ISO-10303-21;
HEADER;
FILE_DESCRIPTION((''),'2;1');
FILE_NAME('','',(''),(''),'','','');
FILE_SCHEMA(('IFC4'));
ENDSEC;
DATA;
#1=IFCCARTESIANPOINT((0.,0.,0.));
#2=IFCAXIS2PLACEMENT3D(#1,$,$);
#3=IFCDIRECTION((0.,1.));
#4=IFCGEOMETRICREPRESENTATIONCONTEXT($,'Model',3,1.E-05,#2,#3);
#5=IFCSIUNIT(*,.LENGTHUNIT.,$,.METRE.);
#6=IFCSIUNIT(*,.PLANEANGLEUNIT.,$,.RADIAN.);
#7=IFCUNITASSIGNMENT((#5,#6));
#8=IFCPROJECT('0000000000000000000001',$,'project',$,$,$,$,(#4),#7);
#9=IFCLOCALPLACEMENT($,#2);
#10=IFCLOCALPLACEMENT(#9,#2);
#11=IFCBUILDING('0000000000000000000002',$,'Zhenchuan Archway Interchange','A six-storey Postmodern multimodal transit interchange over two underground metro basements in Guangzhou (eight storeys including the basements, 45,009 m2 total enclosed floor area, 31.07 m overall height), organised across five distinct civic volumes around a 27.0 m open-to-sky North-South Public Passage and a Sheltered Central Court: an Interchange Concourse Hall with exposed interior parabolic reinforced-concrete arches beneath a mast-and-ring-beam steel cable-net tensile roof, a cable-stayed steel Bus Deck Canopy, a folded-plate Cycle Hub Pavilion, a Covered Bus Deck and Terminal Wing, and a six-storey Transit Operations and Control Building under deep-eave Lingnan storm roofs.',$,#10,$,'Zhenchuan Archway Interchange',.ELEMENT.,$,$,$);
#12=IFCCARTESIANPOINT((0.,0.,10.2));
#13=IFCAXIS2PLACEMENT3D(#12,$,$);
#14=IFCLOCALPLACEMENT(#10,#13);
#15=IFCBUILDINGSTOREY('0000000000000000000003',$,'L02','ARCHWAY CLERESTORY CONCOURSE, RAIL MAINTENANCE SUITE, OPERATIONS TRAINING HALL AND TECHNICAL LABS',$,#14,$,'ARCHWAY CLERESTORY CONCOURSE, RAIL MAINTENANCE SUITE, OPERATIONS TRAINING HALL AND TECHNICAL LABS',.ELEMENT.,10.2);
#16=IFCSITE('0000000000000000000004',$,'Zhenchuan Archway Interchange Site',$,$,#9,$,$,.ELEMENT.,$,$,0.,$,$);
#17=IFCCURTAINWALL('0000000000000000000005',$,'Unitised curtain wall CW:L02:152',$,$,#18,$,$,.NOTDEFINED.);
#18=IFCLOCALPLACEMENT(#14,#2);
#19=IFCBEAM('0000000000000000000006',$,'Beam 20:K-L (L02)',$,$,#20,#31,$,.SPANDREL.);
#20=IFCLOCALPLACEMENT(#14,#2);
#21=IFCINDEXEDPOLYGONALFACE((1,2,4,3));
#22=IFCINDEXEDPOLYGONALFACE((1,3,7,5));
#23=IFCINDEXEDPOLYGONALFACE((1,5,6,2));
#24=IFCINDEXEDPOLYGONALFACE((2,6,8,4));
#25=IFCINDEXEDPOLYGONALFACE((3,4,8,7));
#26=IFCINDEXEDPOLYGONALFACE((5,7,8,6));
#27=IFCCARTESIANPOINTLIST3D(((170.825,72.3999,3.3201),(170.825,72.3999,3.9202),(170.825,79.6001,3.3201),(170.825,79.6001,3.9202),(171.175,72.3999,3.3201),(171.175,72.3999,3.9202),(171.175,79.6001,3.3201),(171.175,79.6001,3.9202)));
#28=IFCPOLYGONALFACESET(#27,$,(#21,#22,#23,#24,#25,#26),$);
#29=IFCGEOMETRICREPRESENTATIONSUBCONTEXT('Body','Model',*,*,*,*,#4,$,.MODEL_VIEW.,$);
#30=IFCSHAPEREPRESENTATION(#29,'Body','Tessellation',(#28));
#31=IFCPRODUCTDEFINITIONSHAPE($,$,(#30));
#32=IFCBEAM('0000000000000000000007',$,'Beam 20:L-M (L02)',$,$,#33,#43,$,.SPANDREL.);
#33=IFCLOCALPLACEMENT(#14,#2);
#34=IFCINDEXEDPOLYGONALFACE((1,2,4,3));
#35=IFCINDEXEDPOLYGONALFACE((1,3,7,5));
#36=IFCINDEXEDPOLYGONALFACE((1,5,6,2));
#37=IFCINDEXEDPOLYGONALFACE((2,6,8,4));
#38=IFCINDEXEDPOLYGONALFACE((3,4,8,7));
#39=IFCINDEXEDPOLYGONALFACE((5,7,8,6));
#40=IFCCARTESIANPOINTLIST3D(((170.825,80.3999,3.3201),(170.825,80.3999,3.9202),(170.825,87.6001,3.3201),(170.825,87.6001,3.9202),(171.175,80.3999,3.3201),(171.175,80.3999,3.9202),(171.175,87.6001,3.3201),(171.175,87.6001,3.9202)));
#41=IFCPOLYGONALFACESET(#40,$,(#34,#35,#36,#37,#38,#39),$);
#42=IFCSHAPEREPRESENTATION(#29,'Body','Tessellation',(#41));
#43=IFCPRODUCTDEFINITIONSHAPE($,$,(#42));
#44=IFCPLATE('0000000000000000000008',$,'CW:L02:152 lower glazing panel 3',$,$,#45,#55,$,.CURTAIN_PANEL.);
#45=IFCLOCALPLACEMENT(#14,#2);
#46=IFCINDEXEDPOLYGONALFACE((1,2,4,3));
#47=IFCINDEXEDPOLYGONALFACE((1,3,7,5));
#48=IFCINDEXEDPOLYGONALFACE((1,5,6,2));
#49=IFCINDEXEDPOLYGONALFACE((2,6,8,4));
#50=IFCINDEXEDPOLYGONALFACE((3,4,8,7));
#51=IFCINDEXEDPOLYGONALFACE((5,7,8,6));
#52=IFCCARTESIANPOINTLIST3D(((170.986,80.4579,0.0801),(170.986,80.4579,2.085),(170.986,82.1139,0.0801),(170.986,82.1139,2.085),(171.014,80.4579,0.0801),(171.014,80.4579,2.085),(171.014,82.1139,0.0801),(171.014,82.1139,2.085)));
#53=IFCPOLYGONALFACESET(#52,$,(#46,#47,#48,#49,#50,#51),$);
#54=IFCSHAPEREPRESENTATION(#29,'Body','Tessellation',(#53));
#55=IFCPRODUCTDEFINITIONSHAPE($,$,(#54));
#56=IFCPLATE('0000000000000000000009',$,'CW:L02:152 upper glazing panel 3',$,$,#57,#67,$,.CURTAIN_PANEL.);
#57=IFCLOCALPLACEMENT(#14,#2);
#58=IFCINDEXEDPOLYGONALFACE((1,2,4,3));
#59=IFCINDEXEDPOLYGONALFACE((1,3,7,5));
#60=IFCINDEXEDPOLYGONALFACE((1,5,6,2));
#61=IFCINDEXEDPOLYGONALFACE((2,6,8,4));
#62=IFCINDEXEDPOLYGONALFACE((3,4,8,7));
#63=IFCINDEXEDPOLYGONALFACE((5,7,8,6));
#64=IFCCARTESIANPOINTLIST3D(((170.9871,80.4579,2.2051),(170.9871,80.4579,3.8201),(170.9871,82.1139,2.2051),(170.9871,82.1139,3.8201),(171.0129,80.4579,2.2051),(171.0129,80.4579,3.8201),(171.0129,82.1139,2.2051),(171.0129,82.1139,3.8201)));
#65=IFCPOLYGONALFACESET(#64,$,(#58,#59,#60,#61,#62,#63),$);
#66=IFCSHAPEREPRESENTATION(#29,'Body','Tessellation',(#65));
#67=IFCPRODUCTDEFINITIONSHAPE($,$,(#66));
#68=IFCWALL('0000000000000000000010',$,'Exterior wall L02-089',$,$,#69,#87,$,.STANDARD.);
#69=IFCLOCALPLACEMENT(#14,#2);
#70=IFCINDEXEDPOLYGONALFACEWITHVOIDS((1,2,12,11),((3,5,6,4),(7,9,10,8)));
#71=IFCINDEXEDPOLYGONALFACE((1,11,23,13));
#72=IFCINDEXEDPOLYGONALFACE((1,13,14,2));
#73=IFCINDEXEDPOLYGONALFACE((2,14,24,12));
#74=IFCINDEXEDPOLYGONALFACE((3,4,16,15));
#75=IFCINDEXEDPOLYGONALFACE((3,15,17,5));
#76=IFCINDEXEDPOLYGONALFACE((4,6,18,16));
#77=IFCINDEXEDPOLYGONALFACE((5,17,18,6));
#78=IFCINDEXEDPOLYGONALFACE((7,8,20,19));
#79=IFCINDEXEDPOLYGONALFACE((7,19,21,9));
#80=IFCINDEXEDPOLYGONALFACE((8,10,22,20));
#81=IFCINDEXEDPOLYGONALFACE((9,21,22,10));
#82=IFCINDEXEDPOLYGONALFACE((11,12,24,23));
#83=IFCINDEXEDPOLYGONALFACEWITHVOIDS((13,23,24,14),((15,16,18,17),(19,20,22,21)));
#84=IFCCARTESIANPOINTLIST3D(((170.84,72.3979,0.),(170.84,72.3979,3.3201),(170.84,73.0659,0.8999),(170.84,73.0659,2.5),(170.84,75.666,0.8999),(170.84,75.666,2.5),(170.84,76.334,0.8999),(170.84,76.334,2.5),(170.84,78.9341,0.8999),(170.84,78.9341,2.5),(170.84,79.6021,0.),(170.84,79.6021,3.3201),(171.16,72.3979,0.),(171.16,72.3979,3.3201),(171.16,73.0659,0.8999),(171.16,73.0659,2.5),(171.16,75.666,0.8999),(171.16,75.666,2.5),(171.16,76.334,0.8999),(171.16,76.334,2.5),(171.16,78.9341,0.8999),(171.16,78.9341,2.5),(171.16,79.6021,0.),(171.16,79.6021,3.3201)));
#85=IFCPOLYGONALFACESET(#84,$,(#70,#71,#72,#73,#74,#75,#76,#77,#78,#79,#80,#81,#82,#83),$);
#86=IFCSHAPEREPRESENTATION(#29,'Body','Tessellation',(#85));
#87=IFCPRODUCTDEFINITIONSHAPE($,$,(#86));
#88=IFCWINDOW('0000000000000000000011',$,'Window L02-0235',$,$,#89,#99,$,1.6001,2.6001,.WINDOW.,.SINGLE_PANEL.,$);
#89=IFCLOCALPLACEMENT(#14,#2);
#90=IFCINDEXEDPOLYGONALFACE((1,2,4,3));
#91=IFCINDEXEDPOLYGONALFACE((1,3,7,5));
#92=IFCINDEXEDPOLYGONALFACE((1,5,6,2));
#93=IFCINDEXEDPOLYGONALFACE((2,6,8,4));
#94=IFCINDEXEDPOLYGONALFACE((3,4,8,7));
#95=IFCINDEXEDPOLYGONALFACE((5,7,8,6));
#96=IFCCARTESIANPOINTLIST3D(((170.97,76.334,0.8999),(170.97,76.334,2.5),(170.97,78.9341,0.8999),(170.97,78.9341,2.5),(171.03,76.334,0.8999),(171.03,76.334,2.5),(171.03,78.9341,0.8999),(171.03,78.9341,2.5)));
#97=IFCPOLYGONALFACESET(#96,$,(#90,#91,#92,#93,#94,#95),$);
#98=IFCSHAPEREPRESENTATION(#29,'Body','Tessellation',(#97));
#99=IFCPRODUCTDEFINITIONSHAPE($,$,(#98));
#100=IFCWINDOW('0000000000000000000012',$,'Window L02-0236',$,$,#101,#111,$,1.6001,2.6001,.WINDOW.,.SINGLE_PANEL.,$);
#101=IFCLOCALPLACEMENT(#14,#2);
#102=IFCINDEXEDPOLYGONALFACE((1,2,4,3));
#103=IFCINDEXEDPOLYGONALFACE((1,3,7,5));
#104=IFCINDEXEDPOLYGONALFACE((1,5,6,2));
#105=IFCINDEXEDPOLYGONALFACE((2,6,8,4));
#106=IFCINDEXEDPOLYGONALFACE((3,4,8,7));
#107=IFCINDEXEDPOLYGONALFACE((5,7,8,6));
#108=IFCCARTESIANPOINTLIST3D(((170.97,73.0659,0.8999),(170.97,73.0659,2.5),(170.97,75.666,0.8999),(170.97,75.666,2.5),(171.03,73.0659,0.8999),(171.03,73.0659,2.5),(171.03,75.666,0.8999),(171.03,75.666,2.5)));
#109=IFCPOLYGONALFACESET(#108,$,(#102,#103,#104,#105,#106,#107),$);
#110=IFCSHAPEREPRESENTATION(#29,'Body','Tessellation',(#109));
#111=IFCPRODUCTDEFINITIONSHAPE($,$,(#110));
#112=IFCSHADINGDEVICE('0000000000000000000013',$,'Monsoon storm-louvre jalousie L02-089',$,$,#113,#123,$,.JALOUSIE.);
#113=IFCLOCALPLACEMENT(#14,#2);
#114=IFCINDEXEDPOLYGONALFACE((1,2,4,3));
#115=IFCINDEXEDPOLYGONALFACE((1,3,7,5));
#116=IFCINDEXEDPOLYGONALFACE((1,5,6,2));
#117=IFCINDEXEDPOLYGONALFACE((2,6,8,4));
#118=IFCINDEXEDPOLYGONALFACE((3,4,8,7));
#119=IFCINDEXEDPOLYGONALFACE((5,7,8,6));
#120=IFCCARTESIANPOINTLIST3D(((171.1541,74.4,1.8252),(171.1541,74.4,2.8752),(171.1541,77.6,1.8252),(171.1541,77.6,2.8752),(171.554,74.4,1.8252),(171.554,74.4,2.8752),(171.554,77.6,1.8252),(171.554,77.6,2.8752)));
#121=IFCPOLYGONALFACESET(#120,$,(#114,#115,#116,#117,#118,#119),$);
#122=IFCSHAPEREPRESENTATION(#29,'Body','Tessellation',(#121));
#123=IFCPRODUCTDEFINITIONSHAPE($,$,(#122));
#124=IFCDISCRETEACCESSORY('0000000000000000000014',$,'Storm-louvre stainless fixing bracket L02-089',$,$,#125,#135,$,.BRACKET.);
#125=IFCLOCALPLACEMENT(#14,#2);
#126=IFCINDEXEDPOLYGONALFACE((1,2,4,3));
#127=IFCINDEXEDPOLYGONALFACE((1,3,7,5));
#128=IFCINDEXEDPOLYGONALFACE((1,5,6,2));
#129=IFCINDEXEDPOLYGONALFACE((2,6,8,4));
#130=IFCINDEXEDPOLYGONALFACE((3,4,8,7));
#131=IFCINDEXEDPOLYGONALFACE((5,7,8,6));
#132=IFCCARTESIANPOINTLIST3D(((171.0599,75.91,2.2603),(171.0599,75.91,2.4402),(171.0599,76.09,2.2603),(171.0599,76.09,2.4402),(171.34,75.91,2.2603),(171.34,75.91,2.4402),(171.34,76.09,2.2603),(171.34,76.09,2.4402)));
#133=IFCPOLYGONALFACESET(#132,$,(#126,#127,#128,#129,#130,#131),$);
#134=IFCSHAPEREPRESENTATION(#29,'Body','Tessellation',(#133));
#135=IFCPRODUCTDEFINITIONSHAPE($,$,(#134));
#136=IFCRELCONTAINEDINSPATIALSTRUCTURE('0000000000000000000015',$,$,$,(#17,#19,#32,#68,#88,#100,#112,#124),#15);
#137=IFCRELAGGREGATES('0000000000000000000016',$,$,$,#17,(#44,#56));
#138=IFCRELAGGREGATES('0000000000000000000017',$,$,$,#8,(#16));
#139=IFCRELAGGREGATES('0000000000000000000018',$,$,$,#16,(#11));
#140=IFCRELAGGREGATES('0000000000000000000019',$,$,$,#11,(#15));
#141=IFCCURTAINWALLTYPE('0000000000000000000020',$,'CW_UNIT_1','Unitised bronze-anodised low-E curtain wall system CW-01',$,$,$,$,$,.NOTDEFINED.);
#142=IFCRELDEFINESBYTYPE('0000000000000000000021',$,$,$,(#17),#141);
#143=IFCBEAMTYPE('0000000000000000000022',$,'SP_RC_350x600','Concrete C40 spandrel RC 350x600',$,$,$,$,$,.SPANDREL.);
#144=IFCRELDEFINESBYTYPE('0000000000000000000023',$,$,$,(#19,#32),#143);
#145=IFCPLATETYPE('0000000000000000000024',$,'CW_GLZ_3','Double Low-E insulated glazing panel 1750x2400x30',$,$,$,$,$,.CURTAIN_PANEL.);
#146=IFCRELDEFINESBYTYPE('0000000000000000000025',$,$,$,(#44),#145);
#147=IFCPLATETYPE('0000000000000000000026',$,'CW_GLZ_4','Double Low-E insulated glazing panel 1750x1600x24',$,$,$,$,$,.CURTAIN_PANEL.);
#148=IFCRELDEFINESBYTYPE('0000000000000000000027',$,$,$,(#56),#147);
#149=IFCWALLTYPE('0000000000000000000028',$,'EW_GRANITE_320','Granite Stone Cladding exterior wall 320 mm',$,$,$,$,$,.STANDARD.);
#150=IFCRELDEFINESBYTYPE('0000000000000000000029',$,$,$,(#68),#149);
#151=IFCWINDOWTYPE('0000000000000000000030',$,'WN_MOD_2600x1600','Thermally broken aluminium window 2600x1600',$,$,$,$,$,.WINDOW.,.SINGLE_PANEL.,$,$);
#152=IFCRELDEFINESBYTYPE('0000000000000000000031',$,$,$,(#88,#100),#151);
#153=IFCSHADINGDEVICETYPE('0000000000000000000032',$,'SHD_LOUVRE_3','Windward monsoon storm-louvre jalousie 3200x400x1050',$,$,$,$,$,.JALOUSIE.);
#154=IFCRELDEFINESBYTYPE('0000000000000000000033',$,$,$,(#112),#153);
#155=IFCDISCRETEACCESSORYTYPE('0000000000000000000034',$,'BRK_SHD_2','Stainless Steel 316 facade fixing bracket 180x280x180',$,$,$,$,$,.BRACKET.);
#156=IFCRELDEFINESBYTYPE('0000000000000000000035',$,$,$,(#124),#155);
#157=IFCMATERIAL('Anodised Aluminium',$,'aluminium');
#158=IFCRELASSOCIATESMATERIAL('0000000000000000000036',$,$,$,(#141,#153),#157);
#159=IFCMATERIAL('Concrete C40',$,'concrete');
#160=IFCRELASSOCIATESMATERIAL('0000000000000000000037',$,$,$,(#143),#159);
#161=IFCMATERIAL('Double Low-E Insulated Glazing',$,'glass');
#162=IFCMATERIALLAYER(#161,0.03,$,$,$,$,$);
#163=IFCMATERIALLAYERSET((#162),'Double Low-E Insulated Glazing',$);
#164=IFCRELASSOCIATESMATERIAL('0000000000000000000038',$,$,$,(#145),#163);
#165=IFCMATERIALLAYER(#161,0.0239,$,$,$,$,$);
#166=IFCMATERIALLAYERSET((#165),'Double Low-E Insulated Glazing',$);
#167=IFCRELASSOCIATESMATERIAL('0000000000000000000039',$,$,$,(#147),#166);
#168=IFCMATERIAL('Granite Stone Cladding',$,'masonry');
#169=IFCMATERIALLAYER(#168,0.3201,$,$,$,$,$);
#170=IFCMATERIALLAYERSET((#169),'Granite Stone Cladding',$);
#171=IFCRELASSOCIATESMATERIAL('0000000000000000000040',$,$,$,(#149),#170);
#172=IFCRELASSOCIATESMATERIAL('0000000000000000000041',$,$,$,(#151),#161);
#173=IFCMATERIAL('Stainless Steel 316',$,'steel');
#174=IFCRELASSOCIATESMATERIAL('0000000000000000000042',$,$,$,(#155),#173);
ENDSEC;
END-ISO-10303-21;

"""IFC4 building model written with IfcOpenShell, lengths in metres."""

from ifc_helpers import new_model, si_unit, direction, frame, frame_2d, origin, origin_2d, place, context, subcontext, project, spatial, rectangle, extrude, material, layer, layer_set, material_profile, profile_set, type_object, element, fill, aggregate, save


model = new_model("IFC4")

# Units and contexts
model_context = context("Model", 3, precision=1e-05, world=origin(), true_north=direction((0.0, 1.0)))
body_context = subcontext(model_context, "Body", "Model", "MODEL_VIEW")
ifc_project = project(units=[si_unit("LENGTHUNIT", "METRE"), si_unit("PLANEANGLEUNIT", "RADIAN")], contexts=[model_context])

# Site, building, storey
site_placement = place(None, origin())
site = spatial("IfcSite", under=ifc_project, at=site_placement, Name="Zhenchuan Archway Interchange Site", CompositionType="ELEMENT", RefElevation=0.0)
building_placement = place(site_placement, origin())
building = spatial("IfcBuilding", under=site, at=building_placement, Name="Zhenchuan Archway Interchange", Description="A six-storey Postmodern multimodal transit interchange over two underground metro basements in Guangzhou (eight storeys including the basements, 45,009 m2 total enclosed floor area, 31.07 m overall height), organised across five distinct civic volumes around a 27.0 m open-to-sky North-South Public Passage and a Sheltered Central Court: an Interchange Concourse Hall with exposed interior parabolic reinforced-concrete arches beneath a mast-and-ring-beam steel cable-net tensile roof, a cable-stayed steel Bus Deck Canopy, a folded-plate Cycle Hub Pavilion, a Covered Bus Deck and Terminal Wing, and a six-storey Transit Operations and Control Building under deep-eave Lingnan storm roofs.", LongName="Zhenchuan Archway Interchange", CompositionType="ELEMENT")
storey_placement = place(building_placement, frame((0.0, 0.0, 10.2)))
storey = spatial("IfcBuildingStorey", under=building, at=storey_placement, Name="L02", Description="ARCHWAY CLERESTORY CONCOURSE, RAIL MAINTENANCE SUITE, OPERATIONS TRAINING HALL AND TECHNICAL LABS", LongName="ARCHWAY CLERESTORY CONCOURSE, RAIL MAINTENANCE SUITE, OPERATIONS TRAINING HALL AND TECHNICAL LABS", CompositionType="ELEMENT", Elevation=10.2)

# Shared definitions
ifc_material_1 = material(Name="Concrete C40", Category="concrete")

# Curtain wall
ifc_material_2 = material(Name="Anodised Aluminium", Category="aluminium")
curtain_wall_type = type_object("IfcCurtainWallType", Name="CW_UNIT_1", Description="Unitised bronze-anodised low-E curtain wall system CW-01", PredefinedType="NOTDEFINED", material=ifc_material_2)
curtain_wall_placement = place(storey_placement, origin())
curtain_wall = element("IfcCurtainWall", 1, at=curtain_wall_placement, inside=storey, type_object=curtain_wall_type, Name="Unitised curtain wall CW:L02:152", PredefinedType="NOTDEFINED")

# Beams
ifc_material_profile_1 = material_profile(ifc_material_1, rectangle(XDim=0.3501, YDim=0.6001, at=origin_2d()), Name="RC 350x600")
ifc_profile_set_1 = profile_set([ifc_material_profile_1], Name="Concrete C40")
beam_type_1 = type_object("IfcBeamType", Name="SP_RC_350x600", Description="Concrete C40 spandrel RC 350x600", PredefinedType="SPANDREL", material=ifc_profile_set_1)
for number, where, z_axis, x_axis, name in (
    (2, (171.0, 72.3999, 3.6201), (0.0, 1.0, 0.0), (-1.0, 0.0, 0.0), "Beam 20:K-L (L02)"),
    (3, (171.0, 80.3999, 3.6201), (0.0, 1.0, 0.0), (-1.0, 0.0, 0.0), "Beam 20:L-M (L02)"),
):
    element("IfcBeam", number, at=place(storey_placement, frame(where, z_axis=z_axis, x_axis=x_axis)), inside=storey, type_object=beam_type_1, Name=name, PredefinedType="SPANDREL", context=body_context, shape_type="SweptSolid", body=[
        extrude(rectangle(XDim=0.3501, YDim=0.6001, at=origin_2d()), origin(), (0.0, 0.0, 1.0), 7.2002),
    ])

# Plates
ifc_material_3 = material(Name="Double Low-E Insulated Glazing", Category="glass")
ifc_layer_1 = layer(ifc_material_3, 0.03)
ifc_layer_set_1 = layer_set([ifc_layer_1], Name="Double Low-E Insulated Glazing")
plate_type_1 = type_object("IfcPlateType", Name="CW_GLZ_3", Description="Double Low-E insulated glazing panel 1750x2400x30", PredefinedType="CURTAIN_PANEL", material=ifc_layer_set_1)
plate_1_placement = place(storey_placement, frame((171.0, 81.2859, 0.0801), z_axis=(0.0, 0.0, 1.0), x_axis=(0.0, -1.0, 0.0)))
plate_1 = element("IfcPlate", 4, at=plate_1_placement, type_object=plate_type_1, Name="CW:L02:152 lower glazing panel 3", PredefinedType="CURTAIN_PANEL", context=body_context, shape_type="SweptSolid", body=[
    extrude(rectangle(XDim=1.656, YDim=0.0281, at=origin_2d()), origin(), (0.0, 0.0, 1.0), 2.0049),
])
ifc_layer_2 = layer(ifc_material_3, 0.0239)
ifc_layer_set_2 = layer_set([ifc_layer_2], Name="Double Low-E Insulated Glazing")
plate_type_2 = type_object("IfcPlateType", Name="CW_GLZ_4", Description="Double Low-E insulated glazing panel 1750x1600x24", PredefinedType="CURTAIN_PANEL", material=ifc_layer_set_2)
plate_2_placement = place(storey_placement, frame((171.0, 81.2859, 2.2051), z_axis=(0.0, 0.0, 1.0), x_axis=(0.0, -1.0, 0.0)))
plate_2 = element("IfcPlate", 5, at=plate_2_placement, type_object=plate_type_2, Name="CW:L02:152 upper glazing panel 3", PredefinedType="CURTAIN_PANEL", context=body_context, shape_type="SweptSolid", body=[
    extrude(rectangle(XDim=1.656, YDim=0.0259, at=origin_2d()), origin(), (0.0, 0.0, 1.0), 1.615),
])
aggregate(curtain_wall, [plate_1, plate_2])

# Wall, openings, windows
ifc_material_4 = material(Name="Granite Stone Cladding", Category="masonry")
ifc_layer_3 = layer(ifc_material_4, 0.3201)
ifc_layer_set_3 = layer_set([ifc_layer_3], Name="Granite Stone Cladding")
wall_type = type_object("IfcWallType", Name="EW_GRANITE_320", Description="Granite Stone Cladding exterior wall 320 mm", PredefinedType="STANDARD", material=ifc_layer_set_3)
wall_placement = place(storey_placement, frame((171.0, 79.6021, 0.0), z_axis=(0.0, 0.0, 1.0), x_axis=(0.0, -1.0, 0.0)))
wall = element("IfcWall", 6, at=wall_placement, inside=storey, type_object=wall_type, Name="Exterior wall L02-089", PredefinedType="STANDARD", context=body_context, shape_type="SweptSolid", body=[
    extrude(rectangle(XDim=7.2041, YDim=0.3201, at=frame_2d((3.6021, 0.0))), origin(), (0.0, 0.0, 1.0), 3.3201),
])
opening_1_placement = place(wall_placement, frame((0.668, 0.0, 0.8999)))
opening_1 = element("IfcOpeningElement", 7, at=opening_1_placement, cuts=wall, PredefinedType="OPENING", context=body_context, shape_type="SweptSolid", body=[
    extrude(rectangle(XDim=2.6001, YDim=1.6001, at=frame_2d((1.3, 0.8))), frame((0.0, 0.1719, 0.0), z_axis=(0.0, -1.0, 0.0), x_axis=(1.0, 0.0, 0.0)), (0.0, 0.0, 1.0), 0.344),
])
opening_2_placement = place(wall_placement, frame((3.936, 0.0, 0.8999)))
opening_2 = element("IfcOpeningElement", 8, at=opening_2_placement, cuts=wall, PredefinedType="OPENING", context=body_context, shape_type="SweptSolid", body=[
    extrude(rectangle(XDim=2.6001, YDim=1.6001, at=frame_2d((1.3, 0.8))), frame((0.0, 0.1719, 0.0), z_axis=(0.0, -1.0, 0.0), x_axis=(1.0, 0.0, 0.0)), (0.0, 0.0, 1.0), 0.344),
])
window_type = type_object("IfcWindowType", Name="WN_MOD_2600x1600", Description="Thermally broken aluminium window 2600x1600", PartitioningType="SINGLE_PANEL", PredefinedType="WINDOW", material=ifc_material_3)
window_1_placement = place(opening_1_placement, origin())
window_1 = element("IfcWindow", 9, at=window_1_placement, inside=storey, type_object=window_type, Name="Window L02-0235", OverallHeight=1.6001, OverallWidth=2.6001, PartitioningType="SINGLE_PANEL", PredefinedType="WINDOW", context=body_context, shape_type="SweptSolid", body=[
    extrude(rectangle(XDim=2.6001, YDim=1.6001, at=frame_2d((1.3, 0.8))), frame((0.0, 0.03, 0.0), z_axis=(0.0, -1.0, 0.0), x_axis=(1.0, 0.0, 0.0)), (0.0, 0.0, 1.0), 0.0601),
])
fill(opening_1, window_1)
window_2_placement = place(opening_2_placement, origin())
window_2 = element("IfcWindow", 10, at=window_2_placement, inside=storey, type_object=window_type, Name="Window L02-0236", OverallHeight=1.6001, OverallWidth=2.6001, PartitioningType="SINGLE_PANEL", PredefinedType="WINDOW", context=body_context, shape_type="SweptSolid", body=[
    extrude(rectangle(XDim=2.6001, YDim=1.6001, at=frame_2d((1.3, 0.8))), frame((0.0, 0.03, 0.0), z_axis=(0.0, -1.0, 0.0), x_axis=(1.0, 0.0, 0.0)), (0.0, 0.0, 1.0), 0.0601),
])
fill(opening_2, window_2)

# Shading device
shading_device_type = type_object("IfcShadingDeviceType", Name="SHD_LOUVRE_3", Description="Windward monsoon storm-louvre jalousie 3200x400x1050", PredefinedType="JALOUSIE", material=ifc_material_2)
shading_device_placement = place(storey_placement, frame((171.354, 76.0, 1.8252), z_axis=(0.0, 0.0, 1.0), x_axis=(0.0, -1.0, 0.0)))
element("IfcShadingDevice", 11, at=shading_device_placement, inside=storey, type_object=shading_device_type, Name="Monsoon storm-louvre jalousie L02-089", PredefinedType="JALOUSIE", context=body_context, shape_type="SweptSolid", body=[
    extrude(rectangle(XDim=3.2, YDim=0.3999, at=origin_2d()), origin(), (0.0, 0.0, 1.0), 1.05),
])

# Discrete accessory
ifc_material_5 = material(Name="Stainless Steel 316", Category="steel")
discrete_accessory_type = type_object("IfcDiscreteAccessoryType", Name="BRK_SHD_2", Description="Stainless Steel 316 facade fixing bracket 180x280x180", PredefinedType="BRACKET", material=ifc_material_5)
discrete_accessory_placement = place(storey_placement, frame((171.2, 76.0, 2.2603), z_axis=(0.0, 0.0, 1.0), x_axis=(0.0, -1.0, 0.0)))
element("IfcDiscreteAccessory", 12, at=discrete_accessory_placement, inside=storey, type_object=discrete_accessory_type, Name="Storm-louvre stainless fixing bracket L02-089", PredefinedType="BRACKET", context=body_context, shape_type="SweptSolid", body=[
    extrude(rectangle(XDim=0.1799, YDim=0.28, at=origin_2d()), origin(), (0.0, 0.0, 1.0), 0.1799),
])

save(model, "model.ifc")
